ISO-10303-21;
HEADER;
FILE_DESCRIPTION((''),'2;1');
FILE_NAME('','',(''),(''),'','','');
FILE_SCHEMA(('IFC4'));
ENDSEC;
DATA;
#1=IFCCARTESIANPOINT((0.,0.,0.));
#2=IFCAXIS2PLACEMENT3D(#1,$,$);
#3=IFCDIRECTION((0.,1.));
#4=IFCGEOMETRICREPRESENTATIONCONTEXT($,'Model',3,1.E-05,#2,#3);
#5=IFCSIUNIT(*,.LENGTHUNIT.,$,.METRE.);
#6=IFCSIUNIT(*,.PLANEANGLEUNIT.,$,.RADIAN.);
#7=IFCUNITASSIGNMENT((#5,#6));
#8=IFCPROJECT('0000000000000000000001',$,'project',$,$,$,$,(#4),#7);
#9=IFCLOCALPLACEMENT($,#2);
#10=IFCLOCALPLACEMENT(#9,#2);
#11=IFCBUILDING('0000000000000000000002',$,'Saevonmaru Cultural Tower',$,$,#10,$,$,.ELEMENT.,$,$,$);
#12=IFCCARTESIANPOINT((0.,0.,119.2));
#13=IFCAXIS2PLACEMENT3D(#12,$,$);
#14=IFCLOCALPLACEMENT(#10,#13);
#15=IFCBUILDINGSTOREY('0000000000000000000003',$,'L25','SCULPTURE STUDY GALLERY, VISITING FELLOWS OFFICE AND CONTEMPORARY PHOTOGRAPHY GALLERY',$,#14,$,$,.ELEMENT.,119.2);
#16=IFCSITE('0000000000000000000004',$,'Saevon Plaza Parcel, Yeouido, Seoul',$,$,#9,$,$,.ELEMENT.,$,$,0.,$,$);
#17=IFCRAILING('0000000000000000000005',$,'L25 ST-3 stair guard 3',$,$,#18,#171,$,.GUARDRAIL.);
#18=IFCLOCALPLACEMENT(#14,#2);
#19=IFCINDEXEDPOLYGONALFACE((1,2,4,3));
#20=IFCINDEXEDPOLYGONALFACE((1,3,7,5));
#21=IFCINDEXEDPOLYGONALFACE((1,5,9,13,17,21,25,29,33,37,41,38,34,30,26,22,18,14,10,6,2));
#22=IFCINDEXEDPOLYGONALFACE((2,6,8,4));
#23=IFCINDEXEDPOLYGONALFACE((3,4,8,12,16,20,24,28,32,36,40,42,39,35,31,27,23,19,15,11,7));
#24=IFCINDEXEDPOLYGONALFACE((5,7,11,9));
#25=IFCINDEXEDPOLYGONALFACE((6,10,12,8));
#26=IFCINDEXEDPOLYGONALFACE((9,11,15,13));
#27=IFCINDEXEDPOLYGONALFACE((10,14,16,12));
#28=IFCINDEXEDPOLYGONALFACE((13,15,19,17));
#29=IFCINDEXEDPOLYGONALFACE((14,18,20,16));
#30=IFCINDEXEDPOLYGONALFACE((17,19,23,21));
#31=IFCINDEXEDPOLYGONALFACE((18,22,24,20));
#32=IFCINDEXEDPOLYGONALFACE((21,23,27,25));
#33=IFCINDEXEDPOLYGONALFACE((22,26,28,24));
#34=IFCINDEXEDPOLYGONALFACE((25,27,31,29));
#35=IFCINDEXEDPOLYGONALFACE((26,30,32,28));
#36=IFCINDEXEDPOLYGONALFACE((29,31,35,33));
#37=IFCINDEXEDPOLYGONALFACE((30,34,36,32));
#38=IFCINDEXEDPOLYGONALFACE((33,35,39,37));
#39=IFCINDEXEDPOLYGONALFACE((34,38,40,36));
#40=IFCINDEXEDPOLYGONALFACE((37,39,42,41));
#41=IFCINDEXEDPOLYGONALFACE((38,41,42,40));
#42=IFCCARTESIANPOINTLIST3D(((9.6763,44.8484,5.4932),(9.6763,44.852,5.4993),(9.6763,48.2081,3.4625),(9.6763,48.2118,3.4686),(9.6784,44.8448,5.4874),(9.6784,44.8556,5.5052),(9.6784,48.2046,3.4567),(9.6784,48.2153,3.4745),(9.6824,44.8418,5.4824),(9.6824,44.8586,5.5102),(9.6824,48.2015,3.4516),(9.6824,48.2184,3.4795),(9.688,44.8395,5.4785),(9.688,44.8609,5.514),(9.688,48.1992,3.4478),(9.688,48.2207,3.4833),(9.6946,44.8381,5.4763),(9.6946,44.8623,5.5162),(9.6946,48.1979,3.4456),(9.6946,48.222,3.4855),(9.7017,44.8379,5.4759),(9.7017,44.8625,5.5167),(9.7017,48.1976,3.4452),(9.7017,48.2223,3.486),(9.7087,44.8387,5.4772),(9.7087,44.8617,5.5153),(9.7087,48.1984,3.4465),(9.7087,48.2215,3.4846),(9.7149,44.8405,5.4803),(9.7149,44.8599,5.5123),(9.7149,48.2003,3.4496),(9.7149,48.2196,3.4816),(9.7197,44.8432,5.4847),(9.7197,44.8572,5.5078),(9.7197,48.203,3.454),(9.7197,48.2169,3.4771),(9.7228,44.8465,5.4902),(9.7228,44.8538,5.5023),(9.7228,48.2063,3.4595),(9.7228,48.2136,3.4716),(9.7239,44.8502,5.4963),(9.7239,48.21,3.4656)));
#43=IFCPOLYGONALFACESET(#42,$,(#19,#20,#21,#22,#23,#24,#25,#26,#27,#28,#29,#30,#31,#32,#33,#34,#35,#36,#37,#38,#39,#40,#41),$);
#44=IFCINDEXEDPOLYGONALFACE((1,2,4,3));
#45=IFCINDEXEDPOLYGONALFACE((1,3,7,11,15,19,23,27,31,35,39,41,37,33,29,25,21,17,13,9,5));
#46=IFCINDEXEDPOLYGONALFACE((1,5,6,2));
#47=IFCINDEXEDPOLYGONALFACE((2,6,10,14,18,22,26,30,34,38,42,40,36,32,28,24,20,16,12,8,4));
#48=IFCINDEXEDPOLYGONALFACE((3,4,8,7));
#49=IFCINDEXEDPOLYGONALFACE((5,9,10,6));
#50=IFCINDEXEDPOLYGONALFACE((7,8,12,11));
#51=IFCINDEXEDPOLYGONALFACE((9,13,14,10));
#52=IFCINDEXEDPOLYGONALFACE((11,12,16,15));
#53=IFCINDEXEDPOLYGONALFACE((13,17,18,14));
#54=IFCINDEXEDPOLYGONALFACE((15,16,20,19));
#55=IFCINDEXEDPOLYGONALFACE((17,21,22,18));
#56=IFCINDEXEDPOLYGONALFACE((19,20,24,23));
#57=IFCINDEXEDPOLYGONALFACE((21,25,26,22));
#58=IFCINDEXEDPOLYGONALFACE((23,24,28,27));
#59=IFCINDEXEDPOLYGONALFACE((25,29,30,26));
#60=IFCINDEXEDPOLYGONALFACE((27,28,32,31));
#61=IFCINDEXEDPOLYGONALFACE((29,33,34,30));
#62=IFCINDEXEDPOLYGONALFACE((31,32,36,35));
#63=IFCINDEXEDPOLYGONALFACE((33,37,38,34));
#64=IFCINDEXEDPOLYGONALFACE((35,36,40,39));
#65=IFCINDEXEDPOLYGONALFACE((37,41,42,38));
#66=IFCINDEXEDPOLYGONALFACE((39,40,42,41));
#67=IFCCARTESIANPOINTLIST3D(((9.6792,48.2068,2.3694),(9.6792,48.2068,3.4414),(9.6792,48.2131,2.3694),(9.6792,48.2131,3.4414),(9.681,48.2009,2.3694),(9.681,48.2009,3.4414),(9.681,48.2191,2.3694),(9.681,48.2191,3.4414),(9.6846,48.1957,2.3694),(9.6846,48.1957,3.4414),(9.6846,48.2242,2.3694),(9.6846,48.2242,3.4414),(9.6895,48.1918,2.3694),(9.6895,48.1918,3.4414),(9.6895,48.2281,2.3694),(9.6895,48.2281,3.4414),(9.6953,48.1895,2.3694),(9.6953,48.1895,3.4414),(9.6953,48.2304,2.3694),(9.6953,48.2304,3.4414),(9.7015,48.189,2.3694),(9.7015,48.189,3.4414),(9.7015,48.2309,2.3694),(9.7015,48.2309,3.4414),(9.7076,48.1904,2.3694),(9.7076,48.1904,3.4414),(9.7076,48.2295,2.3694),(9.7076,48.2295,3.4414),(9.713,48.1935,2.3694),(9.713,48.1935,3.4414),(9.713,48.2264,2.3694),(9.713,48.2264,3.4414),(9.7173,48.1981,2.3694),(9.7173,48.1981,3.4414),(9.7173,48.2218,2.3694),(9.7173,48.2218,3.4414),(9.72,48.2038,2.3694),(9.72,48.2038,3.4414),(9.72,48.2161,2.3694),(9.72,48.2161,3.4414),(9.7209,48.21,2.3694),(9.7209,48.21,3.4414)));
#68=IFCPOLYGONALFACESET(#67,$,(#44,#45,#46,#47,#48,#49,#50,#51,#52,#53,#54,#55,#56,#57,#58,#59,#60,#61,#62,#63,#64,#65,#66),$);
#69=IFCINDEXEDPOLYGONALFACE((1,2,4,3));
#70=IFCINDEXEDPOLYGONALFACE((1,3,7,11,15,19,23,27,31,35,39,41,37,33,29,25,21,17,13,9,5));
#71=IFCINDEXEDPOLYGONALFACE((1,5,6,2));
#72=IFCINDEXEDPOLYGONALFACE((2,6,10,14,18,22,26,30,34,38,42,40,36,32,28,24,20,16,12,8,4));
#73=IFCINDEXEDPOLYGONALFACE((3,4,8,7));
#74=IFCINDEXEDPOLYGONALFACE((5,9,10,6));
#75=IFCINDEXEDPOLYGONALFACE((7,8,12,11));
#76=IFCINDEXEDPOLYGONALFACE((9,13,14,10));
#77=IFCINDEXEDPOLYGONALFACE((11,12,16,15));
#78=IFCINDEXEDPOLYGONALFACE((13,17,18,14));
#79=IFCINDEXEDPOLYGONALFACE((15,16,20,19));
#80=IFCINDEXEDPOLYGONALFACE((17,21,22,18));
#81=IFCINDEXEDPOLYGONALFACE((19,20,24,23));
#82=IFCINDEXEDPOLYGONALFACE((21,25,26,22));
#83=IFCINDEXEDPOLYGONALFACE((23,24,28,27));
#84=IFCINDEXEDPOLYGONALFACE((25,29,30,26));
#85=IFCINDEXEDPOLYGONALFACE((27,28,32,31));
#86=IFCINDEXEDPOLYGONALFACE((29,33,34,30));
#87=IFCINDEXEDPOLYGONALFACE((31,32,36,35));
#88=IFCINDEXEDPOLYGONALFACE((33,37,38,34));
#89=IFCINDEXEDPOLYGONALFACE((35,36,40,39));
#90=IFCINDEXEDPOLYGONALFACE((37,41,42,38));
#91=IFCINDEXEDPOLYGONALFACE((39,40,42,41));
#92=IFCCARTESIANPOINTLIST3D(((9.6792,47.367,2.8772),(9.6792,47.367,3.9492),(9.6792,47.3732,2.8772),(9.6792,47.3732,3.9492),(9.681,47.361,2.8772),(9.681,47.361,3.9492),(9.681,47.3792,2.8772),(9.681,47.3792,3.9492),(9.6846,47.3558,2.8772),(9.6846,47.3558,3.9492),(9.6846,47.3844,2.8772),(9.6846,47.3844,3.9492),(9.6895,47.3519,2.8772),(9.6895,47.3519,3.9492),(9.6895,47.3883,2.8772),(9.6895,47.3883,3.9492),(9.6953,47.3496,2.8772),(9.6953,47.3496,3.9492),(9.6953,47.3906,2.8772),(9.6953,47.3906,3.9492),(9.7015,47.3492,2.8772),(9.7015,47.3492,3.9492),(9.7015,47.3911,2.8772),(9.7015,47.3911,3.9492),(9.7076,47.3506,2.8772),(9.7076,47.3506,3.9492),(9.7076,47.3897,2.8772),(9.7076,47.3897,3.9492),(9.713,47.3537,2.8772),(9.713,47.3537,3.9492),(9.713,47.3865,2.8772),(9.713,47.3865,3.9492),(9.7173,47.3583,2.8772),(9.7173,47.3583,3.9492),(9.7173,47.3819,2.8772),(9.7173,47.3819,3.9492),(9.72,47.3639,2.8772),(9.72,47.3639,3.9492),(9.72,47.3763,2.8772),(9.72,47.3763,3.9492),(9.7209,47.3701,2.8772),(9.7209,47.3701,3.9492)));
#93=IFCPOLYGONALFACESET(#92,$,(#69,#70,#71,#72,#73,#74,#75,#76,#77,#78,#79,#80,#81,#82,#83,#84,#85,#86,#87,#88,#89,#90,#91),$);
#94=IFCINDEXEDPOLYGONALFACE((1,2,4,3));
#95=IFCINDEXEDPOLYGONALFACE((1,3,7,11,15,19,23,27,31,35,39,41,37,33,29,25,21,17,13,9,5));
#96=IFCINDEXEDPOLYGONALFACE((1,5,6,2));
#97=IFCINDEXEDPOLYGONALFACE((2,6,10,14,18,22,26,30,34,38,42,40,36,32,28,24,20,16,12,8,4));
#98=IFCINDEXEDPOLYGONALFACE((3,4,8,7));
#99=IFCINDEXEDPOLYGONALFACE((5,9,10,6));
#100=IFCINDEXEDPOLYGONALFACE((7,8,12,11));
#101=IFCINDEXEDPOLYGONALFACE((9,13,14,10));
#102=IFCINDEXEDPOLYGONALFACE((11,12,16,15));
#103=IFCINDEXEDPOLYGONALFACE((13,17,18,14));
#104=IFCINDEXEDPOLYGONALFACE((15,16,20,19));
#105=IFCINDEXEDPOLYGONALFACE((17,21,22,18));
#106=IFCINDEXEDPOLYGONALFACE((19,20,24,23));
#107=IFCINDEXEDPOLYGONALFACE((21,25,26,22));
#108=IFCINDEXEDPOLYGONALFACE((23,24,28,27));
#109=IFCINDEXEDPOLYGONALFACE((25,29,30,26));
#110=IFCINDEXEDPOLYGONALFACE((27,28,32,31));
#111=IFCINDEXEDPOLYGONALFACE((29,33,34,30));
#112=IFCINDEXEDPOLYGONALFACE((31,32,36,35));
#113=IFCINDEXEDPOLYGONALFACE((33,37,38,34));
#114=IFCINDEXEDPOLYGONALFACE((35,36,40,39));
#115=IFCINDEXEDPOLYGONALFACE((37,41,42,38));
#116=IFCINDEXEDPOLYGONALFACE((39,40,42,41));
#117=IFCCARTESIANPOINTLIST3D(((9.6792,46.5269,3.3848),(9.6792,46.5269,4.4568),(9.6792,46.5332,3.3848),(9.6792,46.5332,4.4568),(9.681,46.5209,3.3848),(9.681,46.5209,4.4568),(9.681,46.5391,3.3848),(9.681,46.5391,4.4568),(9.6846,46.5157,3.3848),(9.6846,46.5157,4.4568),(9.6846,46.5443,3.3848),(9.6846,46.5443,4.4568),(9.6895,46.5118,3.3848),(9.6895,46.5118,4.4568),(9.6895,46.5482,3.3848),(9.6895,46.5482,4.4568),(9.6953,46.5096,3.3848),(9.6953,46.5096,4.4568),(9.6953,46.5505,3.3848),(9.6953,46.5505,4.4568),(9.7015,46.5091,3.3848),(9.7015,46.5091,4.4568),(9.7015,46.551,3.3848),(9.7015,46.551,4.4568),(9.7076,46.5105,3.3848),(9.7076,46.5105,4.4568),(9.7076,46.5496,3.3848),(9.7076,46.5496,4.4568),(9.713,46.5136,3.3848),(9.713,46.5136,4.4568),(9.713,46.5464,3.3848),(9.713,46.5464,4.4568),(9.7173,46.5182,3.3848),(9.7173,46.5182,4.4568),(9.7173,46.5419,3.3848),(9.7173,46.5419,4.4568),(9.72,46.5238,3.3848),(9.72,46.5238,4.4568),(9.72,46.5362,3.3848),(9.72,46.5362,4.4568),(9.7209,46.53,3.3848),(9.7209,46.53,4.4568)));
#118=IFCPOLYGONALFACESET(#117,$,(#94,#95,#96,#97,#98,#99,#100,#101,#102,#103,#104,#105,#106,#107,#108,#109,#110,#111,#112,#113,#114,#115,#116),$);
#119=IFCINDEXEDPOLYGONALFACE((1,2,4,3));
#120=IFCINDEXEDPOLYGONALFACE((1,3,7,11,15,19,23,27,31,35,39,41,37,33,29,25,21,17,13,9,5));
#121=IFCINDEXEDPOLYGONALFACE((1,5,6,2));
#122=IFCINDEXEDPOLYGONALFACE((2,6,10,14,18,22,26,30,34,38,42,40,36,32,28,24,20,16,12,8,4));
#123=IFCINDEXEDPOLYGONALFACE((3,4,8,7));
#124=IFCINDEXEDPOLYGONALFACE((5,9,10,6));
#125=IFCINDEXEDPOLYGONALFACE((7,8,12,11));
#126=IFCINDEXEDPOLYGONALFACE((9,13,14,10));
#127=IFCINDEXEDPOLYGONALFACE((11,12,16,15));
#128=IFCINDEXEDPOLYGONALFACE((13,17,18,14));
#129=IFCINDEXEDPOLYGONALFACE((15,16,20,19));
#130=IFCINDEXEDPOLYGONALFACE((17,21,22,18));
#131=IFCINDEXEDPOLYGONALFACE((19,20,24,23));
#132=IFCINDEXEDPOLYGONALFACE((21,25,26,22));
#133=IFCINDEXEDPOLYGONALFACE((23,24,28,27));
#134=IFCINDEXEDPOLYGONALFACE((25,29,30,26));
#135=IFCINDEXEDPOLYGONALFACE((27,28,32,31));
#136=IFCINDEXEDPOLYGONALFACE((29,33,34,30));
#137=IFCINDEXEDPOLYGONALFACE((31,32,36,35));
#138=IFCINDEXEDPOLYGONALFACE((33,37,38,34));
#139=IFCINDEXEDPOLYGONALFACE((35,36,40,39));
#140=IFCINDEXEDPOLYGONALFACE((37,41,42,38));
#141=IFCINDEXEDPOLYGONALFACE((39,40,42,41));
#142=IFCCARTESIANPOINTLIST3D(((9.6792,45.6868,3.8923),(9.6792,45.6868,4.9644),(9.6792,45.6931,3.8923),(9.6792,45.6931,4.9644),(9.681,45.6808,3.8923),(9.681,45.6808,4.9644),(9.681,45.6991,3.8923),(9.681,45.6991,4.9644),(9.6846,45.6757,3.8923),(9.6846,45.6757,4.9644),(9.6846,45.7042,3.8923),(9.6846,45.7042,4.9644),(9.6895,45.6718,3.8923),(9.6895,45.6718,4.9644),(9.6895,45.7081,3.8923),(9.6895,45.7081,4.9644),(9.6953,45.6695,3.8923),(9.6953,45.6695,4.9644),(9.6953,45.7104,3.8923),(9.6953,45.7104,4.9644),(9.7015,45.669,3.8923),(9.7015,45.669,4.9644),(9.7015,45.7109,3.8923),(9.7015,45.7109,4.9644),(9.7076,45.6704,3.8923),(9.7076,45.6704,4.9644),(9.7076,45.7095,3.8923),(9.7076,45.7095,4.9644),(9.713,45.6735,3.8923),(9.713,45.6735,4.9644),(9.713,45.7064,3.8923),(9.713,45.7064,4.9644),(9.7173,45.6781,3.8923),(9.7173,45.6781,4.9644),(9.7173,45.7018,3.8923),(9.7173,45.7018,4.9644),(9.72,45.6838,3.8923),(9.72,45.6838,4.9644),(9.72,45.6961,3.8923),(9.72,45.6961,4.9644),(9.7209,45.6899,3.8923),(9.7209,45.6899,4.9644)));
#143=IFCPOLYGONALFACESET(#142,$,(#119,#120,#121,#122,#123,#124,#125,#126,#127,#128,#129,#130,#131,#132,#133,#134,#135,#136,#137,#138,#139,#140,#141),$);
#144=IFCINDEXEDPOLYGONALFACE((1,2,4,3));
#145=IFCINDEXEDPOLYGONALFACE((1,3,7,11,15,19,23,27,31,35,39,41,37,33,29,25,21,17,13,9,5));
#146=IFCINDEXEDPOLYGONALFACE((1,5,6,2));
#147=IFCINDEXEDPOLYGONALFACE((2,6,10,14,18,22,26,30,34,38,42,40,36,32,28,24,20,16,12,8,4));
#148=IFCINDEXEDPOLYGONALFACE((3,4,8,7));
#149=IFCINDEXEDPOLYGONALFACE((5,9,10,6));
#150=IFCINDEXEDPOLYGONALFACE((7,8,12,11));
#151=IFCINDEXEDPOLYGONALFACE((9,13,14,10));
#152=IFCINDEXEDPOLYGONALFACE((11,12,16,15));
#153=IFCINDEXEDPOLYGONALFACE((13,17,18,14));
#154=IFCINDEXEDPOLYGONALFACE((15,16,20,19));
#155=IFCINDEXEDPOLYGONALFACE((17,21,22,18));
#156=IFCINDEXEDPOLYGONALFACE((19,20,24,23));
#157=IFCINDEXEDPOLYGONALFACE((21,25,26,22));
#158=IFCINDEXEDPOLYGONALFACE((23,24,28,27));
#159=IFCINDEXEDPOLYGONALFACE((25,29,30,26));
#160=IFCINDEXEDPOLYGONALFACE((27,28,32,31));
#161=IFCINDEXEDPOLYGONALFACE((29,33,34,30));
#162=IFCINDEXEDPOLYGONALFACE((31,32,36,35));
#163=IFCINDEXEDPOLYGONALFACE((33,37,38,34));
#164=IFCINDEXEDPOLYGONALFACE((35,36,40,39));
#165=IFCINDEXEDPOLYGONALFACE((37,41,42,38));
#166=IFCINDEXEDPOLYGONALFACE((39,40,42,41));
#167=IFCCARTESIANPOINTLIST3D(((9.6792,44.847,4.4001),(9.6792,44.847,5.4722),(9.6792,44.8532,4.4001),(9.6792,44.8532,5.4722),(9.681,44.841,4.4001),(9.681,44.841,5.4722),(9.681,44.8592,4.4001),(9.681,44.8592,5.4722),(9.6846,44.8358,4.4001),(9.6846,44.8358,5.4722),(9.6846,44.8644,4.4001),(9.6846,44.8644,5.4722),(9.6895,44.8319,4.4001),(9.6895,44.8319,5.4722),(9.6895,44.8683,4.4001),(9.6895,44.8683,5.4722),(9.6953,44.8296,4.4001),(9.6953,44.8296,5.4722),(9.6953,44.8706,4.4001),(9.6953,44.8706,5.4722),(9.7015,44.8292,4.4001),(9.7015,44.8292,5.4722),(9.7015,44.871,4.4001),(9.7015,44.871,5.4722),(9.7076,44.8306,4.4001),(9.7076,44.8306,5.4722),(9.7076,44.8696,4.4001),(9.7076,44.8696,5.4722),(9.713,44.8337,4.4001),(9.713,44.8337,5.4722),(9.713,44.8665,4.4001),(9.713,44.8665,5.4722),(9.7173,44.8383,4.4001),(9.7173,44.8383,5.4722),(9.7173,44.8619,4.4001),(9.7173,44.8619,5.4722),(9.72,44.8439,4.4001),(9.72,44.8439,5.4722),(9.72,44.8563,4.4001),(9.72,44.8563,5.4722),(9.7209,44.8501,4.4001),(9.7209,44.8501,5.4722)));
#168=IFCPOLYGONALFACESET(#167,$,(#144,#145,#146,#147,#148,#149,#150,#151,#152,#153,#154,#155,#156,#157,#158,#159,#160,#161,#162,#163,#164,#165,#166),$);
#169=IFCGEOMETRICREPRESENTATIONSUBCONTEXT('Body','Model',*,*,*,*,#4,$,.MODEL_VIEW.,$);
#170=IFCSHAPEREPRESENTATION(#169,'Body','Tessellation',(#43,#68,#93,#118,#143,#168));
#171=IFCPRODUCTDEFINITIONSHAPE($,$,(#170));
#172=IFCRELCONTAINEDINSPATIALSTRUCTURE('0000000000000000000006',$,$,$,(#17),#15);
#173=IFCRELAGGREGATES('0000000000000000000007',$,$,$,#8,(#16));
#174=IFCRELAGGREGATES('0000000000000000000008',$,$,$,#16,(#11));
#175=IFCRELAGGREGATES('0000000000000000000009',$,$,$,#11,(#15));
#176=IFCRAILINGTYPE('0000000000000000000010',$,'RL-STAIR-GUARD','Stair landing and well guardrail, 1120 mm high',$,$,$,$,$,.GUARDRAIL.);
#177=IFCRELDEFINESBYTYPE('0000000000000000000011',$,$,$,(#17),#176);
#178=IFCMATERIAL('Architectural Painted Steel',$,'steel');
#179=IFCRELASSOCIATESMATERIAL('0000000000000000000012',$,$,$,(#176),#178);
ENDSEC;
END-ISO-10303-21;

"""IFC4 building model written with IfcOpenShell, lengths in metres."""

from ifc_helpers import new_model, si_unit, direction, frame, origin, origin_2d, place, context, subcontext, project, spatial, circle, extrude, material, type_object, element, save


model = new_model("IFC4")

# Units and contexts
model_context = context("Model", 3, precision=1e-05, world=origin(), true_north=direction((0.0, 1.0)))
body_context = subcontext(model_context, "Body", "Model", "MODEL_VIEW")
ifc_project = project(units=[si_unit("LENGTHUNIT", "METRE"), si_unit("PLANEANGLEUNIT", "RADIAN")], contexts=[model_context])

# Site, building, storey
site_placement = place(None, origin())
site = spatial("IfcSite", under=ifc_project, at=site_placement, Name="Saevon Plaza Parcel, Yeouido, Seoul", CompositionType="ELEMENT", RefElevation=0.0)
building_placement = place(site_placement, origin())
building = spatial("IfcBuilding", under=site, at=building_placement, Name="Saevonmaru Cultural Tower", CompositionType="ELEMENT")
storey_placement = place(building_placement, frame((0.0, 0.0, 119.2)))
storey = spatial("IfcBuildingStorey", under=building, at=storey_placement, Name="L25", Description="SCULPTURE STUDY GALLERY, VISITING FELLOWS OFFICE AND CONTEMPORARY PHOTOGRAPHY GALLERY", CompositionType="ELEMENT", Elevation=119.2)

# Railing
ifc_material_1 = material(Name="Architectural Painted Steel", Category="steel")
railing_type_1 = type_object("IfcRailingType", Name="RL-STAIR-GUARD", Description="Stair landing and well guardrail, 1120 mm high", PredefinedType="GUARDRAIL", material=ifc_material_1)
railing_1_placement = place(storey_placement, frame((9.7, 48.21, 2.3694)))
element("IfcRailing", 1, at=railing_1_placement, inside=storey, type_object=railing_type_1, Name="L25 ST-3 stair guard 3", PredefinedType="GUARDRAIL", context=body_context, shape_type="SweptSolid", body=[
    extrude(circle(Radius=0.0239, at=origin_2d()), frame((0.0, 0.0, 1.0962), z_axis=(0.0, -0.85582, 0.517273), x_axis=(1.0, 0.0, 0.0)), (0.0, 0.0, 1.0), 3.9258),
    extrude(circle(Radius=0.021, at=origin_2d()), origin(), (0.0, 0.0, 1.0), 1.072),
    extrude(circle(Radius=0.021, at=origin_2d()), frame((0.0, -0.8398, 0.5078)), (0.0, 0.0, 1.0), 1.072),
    extrude(circle(Radius=0.021, at=origin_2d()), frame((0.0, -1.6799, 1.0154)), (0.0, 0.0, 1.0), 1.072),
    extrude(circle(Radius=0.021, at=origin_2d()), frame((0.0, -2.52, 1.5229)), (0.0, 0.0, 1.0), 1.072),
    extrude(circle(Radius=0.021, at=origin_2d()), frame((0.0, -3.3599, 2.0308)), (0.0, 0.0, 1.0), 1.072),
])

save(model, "model.ifc")
